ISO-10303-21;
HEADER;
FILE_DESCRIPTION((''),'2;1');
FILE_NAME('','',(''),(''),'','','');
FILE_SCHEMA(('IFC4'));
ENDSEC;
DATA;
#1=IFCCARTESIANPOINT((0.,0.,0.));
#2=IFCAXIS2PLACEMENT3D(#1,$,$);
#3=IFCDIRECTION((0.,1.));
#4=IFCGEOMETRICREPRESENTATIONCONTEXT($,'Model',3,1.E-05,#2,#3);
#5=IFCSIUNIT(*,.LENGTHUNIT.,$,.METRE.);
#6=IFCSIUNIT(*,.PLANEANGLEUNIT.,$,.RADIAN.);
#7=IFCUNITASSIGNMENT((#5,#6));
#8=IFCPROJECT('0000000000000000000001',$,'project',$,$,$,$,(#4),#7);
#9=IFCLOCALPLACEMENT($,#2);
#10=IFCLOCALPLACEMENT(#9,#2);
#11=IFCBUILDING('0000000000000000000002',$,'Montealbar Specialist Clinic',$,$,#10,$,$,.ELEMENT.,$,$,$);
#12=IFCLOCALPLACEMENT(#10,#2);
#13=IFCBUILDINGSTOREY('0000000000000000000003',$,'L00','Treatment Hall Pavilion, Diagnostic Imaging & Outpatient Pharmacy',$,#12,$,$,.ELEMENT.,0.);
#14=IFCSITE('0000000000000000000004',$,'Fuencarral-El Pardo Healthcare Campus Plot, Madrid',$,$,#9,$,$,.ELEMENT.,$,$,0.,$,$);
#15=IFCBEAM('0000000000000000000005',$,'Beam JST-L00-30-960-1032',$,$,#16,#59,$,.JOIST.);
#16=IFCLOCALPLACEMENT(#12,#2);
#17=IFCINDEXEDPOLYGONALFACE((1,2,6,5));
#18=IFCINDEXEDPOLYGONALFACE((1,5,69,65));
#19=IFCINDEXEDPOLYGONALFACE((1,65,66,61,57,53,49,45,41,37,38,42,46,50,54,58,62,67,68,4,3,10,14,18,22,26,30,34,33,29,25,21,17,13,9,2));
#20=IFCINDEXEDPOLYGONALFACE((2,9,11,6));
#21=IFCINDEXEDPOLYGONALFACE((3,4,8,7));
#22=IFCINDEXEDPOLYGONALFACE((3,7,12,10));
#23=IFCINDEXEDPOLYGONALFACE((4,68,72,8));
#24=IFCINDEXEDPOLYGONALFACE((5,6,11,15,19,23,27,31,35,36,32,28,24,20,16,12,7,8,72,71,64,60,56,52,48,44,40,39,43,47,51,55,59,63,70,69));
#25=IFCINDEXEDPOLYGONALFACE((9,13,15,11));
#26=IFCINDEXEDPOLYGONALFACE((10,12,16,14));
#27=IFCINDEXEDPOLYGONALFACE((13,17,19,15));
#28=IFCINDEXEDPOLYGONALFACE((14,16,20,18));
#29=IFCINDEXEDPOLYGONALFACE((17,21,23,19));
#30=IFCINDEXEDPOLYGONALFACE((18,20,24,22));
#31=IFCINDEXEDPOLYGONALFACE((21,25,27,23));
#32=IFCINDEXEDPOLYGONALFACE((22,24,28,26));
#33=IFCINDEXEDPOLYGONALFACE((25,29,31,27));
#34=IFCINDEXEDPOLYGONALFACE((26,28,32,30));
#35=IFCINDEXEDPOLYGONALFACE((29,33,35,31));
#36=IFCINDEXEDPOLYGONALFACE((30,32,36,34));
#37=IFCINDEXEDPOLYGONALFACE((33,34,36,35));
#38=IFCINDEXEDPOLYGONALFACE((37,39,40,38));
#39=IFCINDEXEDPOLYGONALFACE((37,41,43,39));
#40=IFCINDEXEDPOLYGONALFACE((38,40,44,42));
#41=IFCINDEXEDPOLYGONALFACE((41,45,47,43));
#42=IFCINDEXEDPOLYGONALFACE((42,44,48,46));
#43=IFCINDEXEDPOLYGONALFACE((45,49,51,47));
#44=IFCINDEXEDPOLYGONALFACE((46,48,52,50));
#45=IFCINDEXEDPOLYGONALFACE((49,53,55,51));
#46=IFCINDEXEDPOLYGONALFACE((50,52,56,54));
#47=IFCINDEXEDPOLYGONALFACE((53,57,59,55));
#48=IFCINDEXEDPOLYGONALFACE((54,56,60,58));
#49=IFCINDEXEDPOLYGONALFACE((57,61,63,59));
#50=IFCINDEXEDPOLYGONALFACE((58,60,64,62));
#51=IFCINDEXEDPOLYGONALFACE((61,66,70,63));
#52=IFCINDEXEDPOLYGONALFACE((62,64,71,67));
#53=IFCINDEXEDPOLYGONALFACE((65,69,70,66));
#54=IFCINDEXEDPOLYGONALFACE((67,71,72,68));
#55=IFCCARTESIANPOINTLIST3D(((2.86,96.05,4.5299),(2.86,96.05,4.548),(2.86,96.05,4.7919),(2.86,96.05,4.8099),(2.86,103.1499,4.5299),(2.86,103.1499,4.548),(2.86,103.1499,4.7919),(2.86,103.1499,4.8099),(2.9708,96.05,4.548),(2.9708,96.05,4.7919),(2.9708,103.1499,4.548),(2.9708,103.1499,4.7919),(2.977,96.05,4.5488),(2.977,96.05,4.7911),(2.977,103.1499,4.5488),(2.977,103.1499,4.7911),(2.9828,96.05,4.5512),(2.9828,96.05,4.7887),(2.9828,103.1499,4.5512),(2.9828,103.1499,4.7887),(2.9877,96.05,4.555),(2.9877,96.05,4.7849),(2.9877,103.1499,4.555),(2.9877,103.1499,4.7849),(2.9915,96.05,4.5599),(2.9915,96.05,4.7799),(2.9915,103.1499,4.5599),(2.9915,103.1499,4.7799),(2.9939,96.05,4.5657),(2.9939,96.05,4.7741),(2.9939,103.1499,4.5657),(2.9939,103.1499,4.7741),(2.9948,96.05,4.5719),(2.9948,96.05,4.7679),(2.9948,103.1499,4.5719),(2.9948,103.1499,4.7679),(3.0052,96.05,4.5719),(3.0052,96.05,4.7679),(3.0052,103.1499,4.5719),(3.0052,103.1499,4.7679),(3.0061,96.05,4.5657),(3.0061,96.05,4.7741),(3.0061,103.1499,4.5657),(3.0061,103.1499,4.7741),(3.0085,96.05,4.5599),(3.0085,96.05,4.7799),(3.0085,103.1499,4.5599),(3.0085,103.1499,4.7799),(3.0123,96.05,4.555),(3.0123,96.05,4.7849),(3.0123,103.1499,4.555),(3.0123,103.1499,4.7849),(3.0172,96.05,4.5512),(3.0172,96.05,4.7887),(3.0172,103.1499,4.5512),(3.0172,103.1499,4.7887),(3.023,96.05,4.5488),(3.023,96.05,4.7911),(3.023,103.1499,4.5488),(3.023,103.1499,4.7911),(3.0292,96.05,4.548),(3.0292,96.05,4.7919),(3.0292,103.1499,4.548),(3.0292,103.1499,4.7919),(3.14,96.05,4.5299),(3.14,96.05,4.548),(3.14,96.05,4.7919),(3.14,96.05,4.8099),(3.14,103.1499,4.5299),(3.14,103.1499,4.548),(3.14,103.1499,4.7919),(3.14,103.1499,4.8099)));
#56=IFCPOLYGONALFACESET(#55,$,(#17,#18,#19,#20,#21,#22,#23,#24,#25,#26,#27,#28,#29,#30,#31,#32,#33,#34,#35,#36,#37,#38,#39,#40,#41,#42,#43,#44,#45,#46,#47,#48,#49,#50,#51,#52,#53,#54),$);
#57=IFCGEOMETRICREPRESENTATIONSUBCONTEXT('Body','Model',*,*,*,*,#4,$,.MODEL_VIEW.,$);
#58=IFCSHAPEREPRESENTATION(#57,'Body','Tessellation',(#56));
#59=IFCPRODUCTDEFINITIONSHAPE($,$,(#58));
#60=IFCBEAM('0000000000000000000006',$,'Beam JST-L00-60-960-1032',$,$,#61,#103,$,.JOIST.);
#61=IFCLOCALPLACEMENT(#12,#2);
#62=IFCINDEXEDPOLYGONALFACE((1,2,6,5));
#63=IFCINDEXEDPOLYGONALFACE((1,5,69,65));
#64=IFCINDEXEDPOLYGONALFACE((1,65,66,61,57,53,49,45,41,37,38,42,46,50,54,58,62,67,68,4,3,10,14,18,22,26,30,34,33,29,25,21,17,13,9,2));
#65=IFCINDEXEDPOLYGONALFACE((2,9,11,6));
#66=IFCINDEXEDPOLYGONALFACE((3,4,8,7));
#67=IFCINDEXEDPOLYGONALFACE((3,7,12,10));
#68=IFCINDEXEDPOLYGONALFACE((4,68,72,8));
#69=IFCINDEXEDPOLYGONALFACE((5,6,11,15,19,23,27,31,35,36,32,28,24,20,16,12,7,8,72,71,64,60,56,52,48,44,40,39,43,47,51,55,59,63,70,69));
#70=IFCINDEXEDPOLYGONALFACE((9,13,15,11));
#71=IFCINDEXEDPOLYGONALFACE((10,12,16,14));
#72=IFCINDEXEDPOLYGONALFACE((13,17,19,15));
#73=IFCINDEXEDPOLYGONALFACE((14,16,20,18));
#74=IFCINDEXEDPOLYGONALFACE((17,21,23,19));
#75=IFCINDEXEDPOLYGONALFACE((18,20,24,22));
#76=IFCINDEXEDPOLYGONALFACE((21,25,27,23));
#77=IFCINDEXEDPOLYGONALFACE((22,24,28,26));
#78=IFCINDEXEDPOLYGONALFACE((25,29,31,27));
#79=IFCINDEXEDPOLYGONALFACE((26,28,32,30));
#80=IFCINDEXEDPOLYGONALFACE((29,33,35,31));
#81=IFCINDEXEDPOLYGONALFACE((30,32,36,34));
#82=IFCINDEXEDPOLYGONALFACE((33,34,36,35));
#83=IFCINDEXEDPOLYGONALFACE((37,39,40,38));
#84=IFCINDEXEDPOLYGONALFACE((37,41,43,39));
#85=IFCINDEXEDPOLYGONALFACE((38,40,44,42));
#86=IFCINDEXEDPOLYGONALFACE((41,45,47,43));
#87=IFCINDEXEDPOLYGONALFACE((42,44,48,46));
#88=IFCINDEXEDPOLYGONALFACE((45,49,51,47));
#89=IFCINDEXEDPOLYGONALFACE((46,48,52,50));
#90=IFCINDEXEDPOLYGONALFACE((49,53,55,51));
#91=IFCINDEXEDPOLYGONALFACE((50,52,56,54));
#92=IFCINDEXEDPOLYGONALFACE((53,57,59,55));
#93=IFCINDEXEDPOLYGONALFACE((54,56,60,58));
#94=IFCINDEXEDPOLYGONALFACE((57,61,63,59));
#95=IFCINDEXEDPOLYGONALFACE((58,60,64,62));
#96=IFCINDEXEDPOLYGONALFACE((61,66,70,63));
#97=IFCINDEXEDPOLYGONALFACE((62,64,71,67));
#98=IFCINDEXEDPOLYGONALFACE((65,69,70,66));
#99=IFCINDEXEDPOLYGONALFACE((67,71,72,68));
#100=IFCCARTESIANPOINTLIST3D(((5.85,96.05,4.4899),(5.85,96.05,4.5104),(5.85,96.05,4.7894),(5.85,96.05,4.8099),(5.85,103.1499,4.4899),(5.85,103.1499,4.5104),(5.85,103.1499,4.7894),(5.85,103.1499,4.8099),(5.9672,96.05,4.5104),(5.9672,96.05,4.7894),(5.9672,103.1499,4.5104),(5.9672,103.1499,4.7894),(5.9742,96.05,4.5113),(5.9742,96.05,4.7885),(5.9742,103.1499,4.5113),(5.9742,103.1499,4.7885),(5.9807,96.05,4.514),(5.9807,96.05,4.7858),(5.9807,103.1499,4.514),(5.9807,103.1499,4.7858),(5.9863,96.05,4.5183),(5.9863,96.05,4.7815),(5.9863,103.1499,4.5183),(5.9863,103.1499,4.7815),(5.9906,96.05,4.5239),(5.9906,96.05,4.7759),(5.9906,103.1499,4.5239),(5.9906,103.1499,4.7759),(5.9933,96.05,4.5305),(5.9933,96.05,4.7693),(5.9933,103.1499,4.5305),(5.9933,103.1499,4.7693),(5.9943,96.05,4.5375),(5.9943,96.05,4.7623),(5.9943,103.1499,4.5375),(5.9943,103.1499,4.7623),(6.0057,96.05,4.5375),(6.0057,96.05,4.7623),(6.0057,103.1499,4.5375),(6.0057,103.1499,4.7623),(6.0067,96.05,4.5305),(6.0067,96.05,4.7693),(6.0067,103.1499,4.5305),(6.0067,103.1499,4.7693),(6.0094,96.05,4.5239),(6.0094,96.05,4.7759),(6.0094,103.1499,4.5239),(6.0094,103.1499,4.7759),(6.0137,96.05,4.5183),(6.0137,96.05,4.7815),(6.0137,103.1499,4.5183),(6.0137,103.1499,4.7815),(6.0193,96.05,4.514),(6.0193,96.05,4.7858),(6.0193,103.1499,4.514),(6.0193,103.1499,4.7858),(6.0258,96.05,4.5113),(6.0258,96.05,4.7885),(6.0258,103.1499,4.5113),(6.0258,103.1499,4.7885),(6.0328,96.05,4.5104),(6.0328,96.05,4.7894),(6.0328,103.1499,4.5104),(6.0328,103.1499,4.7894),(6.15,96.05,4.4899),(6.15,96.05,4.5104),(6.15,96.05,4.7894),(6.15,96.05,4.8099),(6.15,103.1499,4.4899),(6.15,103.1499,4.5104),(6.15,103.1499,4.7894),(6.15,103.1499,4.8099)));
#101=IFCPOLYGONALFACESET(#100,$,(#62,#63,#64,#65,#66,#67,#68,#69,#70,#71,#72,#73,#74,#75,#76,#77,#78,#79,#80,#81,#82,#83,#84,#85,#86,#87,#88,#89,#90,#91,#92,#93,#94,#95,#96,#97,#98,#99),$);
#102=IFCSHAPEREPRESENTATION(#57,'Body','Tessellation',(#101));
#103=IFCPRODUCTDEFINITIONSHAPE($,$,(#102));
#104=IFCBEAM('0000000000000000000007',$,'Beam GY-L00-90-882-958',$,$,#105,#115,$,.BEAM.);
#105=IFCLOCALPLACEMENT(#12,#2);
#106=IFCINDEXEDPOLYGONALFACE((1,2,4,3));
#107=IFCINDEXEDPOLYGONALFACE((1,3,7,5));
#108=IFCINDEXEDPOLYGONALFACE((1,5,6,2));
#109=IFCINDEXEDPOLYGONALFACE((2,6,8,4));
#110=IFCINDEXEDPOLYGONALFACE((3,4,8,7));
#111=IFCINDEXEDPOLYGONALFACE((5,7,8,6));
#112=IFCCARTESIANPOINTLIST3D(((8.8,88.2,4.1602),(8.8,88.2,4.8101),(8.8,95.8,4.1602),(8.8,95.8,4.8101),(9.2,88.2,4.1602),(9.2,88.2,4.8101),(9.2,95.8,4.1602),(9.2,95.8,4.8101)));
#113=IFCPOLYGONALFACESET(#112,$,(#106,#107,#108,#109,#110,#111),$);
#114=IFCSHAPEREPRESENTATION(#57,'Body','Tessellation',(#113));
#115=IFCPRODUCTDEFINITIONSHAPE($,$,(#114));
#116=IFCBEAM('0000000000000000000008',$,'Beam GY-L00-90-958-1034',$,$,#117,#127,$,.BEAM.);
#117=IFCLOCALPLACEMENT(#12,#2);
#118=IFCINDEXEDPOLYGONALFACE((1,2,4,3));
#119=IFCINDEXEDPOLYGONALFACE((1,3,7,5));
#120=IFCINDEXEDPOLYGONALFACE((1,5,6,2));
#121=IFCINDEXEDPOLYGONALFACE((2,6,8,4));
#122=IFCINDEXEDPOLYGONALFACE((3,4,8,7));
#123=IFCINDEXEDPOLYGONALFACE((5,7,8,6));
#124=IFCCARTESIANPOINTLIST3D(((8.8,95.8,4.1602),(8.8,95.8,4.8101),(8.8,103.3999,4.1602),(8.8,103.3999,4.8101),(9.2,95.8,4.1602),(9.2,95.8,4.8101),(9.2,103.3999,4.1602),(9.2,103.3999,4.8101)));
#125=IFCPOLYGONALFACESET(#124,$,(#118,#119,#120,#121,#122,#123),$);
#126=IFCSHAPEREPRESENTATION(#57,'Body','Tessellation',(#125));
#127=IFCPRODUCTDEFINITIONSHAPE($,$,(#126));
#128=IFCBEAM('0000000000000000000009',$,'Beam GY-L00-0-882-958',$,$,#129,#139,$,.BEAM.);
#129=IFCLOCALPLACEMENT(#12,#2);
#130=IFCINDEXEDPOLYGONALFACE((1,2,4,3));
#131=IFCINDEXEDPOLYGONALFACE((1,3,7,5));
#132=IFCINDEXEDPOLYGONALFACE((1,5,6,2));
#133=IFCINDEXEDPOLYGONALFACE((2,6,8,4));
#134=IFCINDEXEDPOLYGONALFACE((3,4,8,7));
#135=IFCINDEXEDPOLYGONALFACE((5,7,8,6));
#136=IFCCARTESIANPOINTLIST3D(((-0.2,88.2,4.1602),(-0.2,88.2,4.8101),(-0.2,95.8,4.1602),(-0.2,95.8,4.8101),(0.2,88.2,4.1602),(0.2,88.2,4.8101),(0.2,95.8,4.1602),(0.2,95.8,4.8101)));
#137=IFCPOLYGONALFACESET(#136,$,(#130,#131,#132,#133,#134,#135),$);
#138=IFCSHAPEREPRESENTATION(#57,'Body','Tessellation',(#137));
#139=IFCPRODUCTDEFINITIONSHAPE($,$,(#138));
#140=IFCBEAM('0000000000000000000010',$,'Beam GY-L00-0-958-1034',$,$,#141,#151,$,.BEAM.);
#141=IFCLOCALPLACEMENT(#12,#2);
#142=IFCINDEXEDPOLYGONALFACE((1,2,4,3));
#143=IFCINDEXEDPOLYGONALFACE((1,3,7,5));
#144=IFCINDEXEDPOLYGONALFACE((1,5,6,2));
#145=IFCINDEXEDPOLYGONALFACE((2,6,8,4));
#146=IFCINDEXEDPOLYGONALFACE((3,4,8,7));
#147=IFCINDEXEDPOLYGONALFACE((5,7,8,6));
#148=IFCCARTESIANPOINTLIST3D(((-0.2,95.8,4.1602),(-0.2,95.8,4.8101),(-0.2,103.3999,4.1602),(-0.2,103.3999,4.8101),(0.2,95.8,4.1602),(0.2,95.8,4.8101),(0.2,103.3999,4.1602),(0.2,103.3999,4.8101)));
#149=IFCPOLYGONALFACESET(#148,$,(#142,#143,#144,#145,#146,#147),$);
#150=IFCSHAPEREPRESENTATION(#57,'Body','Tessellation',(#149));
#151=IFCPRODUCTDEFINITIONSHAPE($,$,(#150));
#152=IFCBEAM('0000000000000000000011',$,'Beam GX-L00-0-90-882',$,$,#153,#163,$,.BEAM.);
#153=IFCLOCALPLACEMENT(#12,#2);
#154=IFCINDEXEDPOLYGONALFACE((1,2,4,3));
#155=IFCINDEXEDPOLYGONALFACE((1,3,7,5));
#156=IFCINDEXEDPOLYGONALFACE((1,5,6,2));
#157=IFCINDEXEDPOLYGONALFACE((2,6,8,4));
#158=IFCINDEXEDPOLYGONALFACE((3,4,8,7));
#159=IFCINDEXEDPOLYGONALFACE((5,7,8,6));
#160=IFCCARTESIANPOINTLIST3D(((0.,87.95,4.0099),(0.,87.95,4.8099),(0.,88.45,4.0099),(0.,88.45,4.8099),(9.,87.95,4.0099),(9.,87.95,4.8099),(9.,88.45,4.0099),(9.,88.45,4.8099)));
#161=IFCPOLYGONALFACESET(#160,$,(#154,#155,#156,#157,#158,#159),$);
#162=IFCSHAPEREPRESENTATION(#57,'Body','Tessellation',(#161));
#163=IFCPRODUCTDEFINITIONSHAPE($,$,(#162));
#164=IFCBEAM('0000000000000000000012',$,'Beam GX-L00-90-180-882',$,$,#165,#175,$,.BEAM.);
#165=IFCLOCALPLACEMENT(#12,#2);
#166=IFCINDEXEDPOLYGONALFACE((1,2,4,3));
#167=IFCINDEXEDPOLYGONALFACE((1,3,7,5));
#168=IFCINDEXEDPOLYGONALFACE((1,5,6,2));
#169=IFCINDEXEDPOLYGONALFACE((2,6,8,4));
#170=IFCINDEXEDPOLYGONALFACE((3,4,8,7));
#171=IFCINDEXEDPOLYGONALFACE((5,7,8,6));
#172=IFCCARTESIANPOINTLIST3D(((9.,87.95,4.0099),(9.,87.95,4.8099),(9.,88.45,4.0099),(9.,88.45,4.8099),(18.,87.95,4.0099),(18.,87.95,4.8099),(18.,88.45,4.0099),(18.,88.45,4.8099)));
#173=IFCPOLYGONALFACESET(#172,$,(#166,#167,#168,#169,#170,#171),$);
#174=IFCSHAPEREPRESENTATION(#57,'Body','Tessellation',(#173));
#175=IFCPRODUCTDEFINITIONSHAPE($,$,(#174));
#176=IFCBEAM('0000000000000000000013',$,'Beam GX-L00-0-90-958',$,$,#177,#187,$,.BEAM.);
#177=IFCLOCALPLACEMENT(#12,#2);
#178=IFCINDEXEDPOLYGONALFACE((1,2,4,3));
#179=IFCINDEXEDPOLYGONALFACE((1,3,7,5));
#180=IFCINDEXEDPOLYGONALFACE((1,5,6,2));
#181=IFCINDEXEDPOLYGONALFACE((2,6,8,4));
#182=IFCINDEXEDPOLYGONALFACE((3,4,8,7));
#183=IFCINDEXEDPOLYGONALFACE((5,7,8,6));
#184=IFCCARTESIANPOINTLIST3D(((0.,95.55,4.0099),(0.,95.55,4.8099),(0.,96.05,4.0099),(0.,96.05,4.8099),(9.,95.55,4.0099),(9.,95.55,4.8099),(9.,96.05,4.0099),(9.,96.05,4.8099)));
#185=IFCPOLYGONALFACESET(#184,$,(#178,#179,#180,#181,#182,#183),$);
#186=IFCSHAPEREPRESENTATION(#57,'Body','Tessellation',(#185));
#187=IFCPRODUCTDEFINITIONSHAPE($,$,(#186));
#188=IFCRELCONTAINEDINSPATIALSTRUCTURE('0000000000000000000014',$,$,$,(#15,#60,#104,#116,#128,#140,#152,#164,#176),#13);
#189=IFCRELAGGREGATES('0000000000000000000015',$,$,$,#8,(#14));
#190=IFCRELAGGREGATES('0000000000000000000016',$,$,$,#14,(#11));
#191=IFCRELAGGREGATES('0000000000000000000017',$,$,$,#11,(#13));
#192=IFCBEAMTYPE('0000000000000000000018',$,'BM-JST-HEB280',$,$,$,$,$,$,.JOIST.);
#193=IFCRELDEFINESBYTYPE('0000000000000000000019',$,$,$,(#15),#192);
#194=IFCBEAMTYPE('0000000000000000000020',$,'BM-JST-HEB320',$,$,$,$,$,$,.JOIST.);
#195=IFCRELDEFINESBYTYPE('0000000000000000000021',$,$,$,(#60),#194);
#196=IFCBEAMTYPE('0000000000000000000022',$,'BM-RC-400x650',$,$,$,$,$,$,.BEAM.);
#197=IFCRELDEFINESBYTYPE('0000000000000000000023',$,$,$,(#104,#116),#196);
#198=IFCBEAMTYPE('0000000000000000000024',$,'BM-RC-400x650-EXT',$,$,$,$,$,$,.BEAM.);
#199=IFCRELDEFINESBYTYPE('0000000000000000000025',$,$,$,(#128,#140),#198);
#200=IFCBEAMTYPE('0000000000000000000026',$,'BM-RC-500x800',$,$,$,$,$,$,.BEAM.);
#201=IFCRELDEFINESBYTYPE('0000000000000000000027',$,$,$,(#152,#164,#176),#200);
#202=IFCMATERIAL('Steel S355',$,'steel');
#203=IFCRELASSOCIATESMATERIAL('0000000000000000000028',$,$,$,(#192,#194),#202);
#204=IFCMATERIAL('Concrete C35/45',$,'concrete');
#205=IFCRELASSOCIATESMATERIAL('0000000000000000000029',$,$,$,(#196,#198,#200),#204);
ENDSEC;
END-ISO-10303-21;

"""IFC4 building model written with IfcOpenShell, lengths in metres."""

from ifc_helpers import new_model, si_unit, direction, frame, origin, origin_2d, place, context, subcontext, project, spatial, rectangle, i_section, extrude, material, material_profile, profile_set, type_object, element, save


model = new_model("IFC4")

# Units and contexts
model_context = context("Model", 3, precision=1e-05, world=origin(), true_north=direction((0.0, 1.0)))
body_context = subcontext(model_context, "Body", "Model", "MODEL_VIEW")
ifc_project = project(units=[si_unit("LENGTHUNIT", "METRE"), si_unit("PLANEANGLEUNIT", "RADIAN")], contexts=[model_context])

# Site, building, storey
site_placement = place(None, origin())
site = spatial("IfcSite", under=ifc_project, at=site_placement, Name="Fuencarral-El Pardo Healthcare Campus Plot, Madrid", CompositionType="ELEMENT", RefElevation=0.0)
building_placement = place(site_placement, origin())
building = spatial("IfcBuilding", under=site, at=building_placement, Name="Montealbar Specialist Clinic", CompositionType="ELEMENT")
storey_placement = place(building_placement, origin())
storey = spatial("IfcBuildingStorey", under=building, at=storey_placement, Name="L00", Description="Treatment Hall Pavilion, Diagnostic Imaging & Outpatient Pharmacy", CompositionType="ELEMENT", Elevation=0.0)

# Shared definitions
ifc_material_1 = material(Name="Concrete C35/45", Category="concrete")

# Beams
ifc_material_2 = material(Name="Steel S355", Category="steel")
ifc_material_profile_1 = material_profile(ifc_material_2, i_section(OverallWidth=0.28, OverallDepth=0.28, WebThickness=0.0105, FlangeThickness=0.0181, FilletRadius=0.0239, at=origin_2d()), Name="HEB 280", Category="steel")
ifc_profile_set_1 = profile_set([ifc_material_profile_1], Name="Steel S355")
beam_type_1 = type_object("IfcBeamType", Name="BM-JST-HEB280", PredefinedType="JOIST", material=ifc_profile_set_1)
beam_1_placement = place(storey_placement, frame((3.0, 96.05, 4.6699), z_axis=(0.0, 1.0, 0.0), x_axis=(-1.0, 0.0, 0.0)))
element("IfcBeam", 1, at=beam_1_placement, inside=storey, type_object=beam_type_1, Name="Beam JST-L00-30-960-1032", PredefinedType="JOIST", context=body_context, shape_type="SweptSolid", body=[
    extrude(i_section(OverallWidth=0.28, OverallDepth=0.28, WebThickness=0.0105, FlangeThickness=0.0181, FilletRadius=0.0239, at=origin_2d()), origin(), (0.0, 0.0, 1.0), 7.0999),
])
ifc_material_profile_2 = material_profile(ifc_material_2, i_section(OverallWidth=0.3, OverallDepth=0.3201, WebThickness=0.0115, FlangeThickness=0.0205, FilletRadius=0.0271, at=origin_2d()), Name="HEB 320", Category="steel")
ifc_profile_set_2 = profile_set([ifc_material_profile_2], Name="Steel S355")
beam_type_2 = type_object("IfcBeamType", Name="BM-JST-HEB320", PredefinedType="JOIST", material=ifc_profile_set_2)
beam_2_placement = place(storey_placement, frame((6.0, 96.05, 4.6499), z_axis=(0.0, 1.0, 0.0), x_axis=(-1.0, 0.0, 0.0)))
element("IfcBeam", 2, at=beam_2_placement, inside=storey, type_object=beam_type_2, Name="Beam JST-L00-60-960-1032", PredefinedType="JOIST", context=body_context, shape_type="SweptSolid", body=[
    extrude(i_section(OverallWidth=0.3, OverallDepth=0.3201, WebThickness=0.0115, FlangeThickness=0.0205, FilletRadius=0.0271, at=origin_2d()), origin(), (0.0, 0.0, 1.0), 7.0999),
])
ifc_material_profile_3 = material_profile(ifc_material_1, rectangle(XDim=0.3999, YDim=0.6499, at=origin_2d()), Name="RC 400x650", Category="concrete")
ifc_profile_set_3 = profile_set([ifc_material_profile_3], Name="Concrete C35/45")
beam_type_3 = type_object("IfcBeamType", Name="BM-RC-400x650", PredefinedType="BEAM", material=ifc_profile_set_3)
beam_3_placement = place(storey_placement, frame((9.0, 88.2, 4.4851), z_axis=(0.0, 1.0, 0.0), x_axis=(-1.0, 0.0, 0.0)))
element("IfcBeam", 3, at=beam_3_placement, inside=storey, type_object=beam_type_3, Name="Beam GY-L00-90-882-958", PredefinedType="BEAM", context=body_context, shape_type="SweptSolid", body=[
    extrude(rectangle(XDim=0.3999, YDim=0.6499, at=origin_2d()), origin(), (0.0, 0.0, 1.0), 7.6001),
])
beam_4_placement = place(storey_placement, frame((9.0, 95.8, 4.4851), z_axis=(0.0, 1.0, 0.0), x_axis=(-1.0, 0.0, 0.0)))
element("IfcBeam", 4, at=beam_4_placement, inside=storey, type_object=beam_type_3, Name="Beam GY-L00-90-958-1034", PredefinedType="BEAM", context=body_context, shape_type="SweptSolid", body=[
    extrude(rectangle(XDim=0.3999, YDim=0.6499, at=origin_2d()), origin(), (0.0, 0.0, 1.0), 7.5999),
])
ifc_material_profile_4 = material_profile(ifc_material_1, rectangle(XDim=0.3999, YDim=0.6499, at=origin_2d()), Name="RC 400x650", Category="concrete")
ifc_profile_set_4 = profile_set([ifc_material_profile_4], Name="Concrete C35/45")
beam_type_4 = type_object("IfcBeamType", Name="BM-RC-400x650-EXT", PredefinedType="BEAM", material=ifc_profile_set_4)
beam_5_placement = place(storey_placement, frame((0.0, 88.2, 4.4851), z_axis=(0.0, 1.0, 0.0), x_axis=(-1.0, 0.0, 0.0)))
element("IfcBeam", 5, at=beam_5_placement, inside=storey, type_object=beam_type_4, Name="Beam GY-L00-0-882-958", PredefinedType="BEAM", context=body_context, shape_type="SweptSolid", body=[
    extrude(rectangle(XDim=0.3999, YDim=0.6499, at=origin_2d()), origin(), (0.0, 0.0, 1.0), 7.6001),
])
beam_6_placement = place(storey_placement, frame((0.0, 95.8, 4.4851), z_axis=(0.0, 1.0, 0.0), x_axis=(-1.0, 0.0, 0.0)))
element("IfcBeam", 6, at=beam_6_placement, inside=storey, type_object=beam_type_4, Name="Beam GY-L00-0-958-1034", PredefinedType="BEAM", context=body_context, shape_type="SweptSolid", body=[
    extrude(rectangle(XDim=0.3999, YDim=0.6499, at=origin_2d()), origin(), (0.0, 0.0, 1.0), 7.5999),
])
ifc_material_profile_5 = material_profile(ifc_material_1, rectangle(XDim=0.5, YDim=0.8, at=origin_2d()), Name="RC 500x800", Category="concrete")
ifc_profile_set_5 = profile_set([ifc_material_profile_5], Name="Concrete C35/45")
beam_type_5 = type_object("IfcBeamType", Name="BM-RC-500x800", PredefinedType="BEAM", material=ifc_profile_set_5)
for number, where, z_axis, x_axis, name in (
    (7, (0.0, 88.2, 4.4099), (1.0, 0.0, 0.0), (0.0, 1.0, 0.0), "Beam GX-L00-0-90-882"),
    (8, (9.0, 88.2, 4.4099), (1.0, 0.0, 0.0), (0.0, 1.0, 0.0), "Beam GX-L00-90-180-882"),
    (9, (0.0, 95.8, 4.4099), (1.0, 0.0, 0.0), (0.0, 1.0, 0.0), "Beam GX-L00-0-90-958"),
):
    element("IfcBeam", number, at=place(storey_placement, frame(where, z_axis=z_axis, x_axis=x_axis)), inside=storey, type_object=beam_type_5, Name=name, PredefinedType="BEAM", context=body_context, shape_type="SweptSolid", body=[
        extrude(rectangle(XDim=0.5, YDim=0.8, at=origin_2d()), origin(), (0.0, 0.0, 1.0), 9.0),
    ])

save(model, "model.ifc")
